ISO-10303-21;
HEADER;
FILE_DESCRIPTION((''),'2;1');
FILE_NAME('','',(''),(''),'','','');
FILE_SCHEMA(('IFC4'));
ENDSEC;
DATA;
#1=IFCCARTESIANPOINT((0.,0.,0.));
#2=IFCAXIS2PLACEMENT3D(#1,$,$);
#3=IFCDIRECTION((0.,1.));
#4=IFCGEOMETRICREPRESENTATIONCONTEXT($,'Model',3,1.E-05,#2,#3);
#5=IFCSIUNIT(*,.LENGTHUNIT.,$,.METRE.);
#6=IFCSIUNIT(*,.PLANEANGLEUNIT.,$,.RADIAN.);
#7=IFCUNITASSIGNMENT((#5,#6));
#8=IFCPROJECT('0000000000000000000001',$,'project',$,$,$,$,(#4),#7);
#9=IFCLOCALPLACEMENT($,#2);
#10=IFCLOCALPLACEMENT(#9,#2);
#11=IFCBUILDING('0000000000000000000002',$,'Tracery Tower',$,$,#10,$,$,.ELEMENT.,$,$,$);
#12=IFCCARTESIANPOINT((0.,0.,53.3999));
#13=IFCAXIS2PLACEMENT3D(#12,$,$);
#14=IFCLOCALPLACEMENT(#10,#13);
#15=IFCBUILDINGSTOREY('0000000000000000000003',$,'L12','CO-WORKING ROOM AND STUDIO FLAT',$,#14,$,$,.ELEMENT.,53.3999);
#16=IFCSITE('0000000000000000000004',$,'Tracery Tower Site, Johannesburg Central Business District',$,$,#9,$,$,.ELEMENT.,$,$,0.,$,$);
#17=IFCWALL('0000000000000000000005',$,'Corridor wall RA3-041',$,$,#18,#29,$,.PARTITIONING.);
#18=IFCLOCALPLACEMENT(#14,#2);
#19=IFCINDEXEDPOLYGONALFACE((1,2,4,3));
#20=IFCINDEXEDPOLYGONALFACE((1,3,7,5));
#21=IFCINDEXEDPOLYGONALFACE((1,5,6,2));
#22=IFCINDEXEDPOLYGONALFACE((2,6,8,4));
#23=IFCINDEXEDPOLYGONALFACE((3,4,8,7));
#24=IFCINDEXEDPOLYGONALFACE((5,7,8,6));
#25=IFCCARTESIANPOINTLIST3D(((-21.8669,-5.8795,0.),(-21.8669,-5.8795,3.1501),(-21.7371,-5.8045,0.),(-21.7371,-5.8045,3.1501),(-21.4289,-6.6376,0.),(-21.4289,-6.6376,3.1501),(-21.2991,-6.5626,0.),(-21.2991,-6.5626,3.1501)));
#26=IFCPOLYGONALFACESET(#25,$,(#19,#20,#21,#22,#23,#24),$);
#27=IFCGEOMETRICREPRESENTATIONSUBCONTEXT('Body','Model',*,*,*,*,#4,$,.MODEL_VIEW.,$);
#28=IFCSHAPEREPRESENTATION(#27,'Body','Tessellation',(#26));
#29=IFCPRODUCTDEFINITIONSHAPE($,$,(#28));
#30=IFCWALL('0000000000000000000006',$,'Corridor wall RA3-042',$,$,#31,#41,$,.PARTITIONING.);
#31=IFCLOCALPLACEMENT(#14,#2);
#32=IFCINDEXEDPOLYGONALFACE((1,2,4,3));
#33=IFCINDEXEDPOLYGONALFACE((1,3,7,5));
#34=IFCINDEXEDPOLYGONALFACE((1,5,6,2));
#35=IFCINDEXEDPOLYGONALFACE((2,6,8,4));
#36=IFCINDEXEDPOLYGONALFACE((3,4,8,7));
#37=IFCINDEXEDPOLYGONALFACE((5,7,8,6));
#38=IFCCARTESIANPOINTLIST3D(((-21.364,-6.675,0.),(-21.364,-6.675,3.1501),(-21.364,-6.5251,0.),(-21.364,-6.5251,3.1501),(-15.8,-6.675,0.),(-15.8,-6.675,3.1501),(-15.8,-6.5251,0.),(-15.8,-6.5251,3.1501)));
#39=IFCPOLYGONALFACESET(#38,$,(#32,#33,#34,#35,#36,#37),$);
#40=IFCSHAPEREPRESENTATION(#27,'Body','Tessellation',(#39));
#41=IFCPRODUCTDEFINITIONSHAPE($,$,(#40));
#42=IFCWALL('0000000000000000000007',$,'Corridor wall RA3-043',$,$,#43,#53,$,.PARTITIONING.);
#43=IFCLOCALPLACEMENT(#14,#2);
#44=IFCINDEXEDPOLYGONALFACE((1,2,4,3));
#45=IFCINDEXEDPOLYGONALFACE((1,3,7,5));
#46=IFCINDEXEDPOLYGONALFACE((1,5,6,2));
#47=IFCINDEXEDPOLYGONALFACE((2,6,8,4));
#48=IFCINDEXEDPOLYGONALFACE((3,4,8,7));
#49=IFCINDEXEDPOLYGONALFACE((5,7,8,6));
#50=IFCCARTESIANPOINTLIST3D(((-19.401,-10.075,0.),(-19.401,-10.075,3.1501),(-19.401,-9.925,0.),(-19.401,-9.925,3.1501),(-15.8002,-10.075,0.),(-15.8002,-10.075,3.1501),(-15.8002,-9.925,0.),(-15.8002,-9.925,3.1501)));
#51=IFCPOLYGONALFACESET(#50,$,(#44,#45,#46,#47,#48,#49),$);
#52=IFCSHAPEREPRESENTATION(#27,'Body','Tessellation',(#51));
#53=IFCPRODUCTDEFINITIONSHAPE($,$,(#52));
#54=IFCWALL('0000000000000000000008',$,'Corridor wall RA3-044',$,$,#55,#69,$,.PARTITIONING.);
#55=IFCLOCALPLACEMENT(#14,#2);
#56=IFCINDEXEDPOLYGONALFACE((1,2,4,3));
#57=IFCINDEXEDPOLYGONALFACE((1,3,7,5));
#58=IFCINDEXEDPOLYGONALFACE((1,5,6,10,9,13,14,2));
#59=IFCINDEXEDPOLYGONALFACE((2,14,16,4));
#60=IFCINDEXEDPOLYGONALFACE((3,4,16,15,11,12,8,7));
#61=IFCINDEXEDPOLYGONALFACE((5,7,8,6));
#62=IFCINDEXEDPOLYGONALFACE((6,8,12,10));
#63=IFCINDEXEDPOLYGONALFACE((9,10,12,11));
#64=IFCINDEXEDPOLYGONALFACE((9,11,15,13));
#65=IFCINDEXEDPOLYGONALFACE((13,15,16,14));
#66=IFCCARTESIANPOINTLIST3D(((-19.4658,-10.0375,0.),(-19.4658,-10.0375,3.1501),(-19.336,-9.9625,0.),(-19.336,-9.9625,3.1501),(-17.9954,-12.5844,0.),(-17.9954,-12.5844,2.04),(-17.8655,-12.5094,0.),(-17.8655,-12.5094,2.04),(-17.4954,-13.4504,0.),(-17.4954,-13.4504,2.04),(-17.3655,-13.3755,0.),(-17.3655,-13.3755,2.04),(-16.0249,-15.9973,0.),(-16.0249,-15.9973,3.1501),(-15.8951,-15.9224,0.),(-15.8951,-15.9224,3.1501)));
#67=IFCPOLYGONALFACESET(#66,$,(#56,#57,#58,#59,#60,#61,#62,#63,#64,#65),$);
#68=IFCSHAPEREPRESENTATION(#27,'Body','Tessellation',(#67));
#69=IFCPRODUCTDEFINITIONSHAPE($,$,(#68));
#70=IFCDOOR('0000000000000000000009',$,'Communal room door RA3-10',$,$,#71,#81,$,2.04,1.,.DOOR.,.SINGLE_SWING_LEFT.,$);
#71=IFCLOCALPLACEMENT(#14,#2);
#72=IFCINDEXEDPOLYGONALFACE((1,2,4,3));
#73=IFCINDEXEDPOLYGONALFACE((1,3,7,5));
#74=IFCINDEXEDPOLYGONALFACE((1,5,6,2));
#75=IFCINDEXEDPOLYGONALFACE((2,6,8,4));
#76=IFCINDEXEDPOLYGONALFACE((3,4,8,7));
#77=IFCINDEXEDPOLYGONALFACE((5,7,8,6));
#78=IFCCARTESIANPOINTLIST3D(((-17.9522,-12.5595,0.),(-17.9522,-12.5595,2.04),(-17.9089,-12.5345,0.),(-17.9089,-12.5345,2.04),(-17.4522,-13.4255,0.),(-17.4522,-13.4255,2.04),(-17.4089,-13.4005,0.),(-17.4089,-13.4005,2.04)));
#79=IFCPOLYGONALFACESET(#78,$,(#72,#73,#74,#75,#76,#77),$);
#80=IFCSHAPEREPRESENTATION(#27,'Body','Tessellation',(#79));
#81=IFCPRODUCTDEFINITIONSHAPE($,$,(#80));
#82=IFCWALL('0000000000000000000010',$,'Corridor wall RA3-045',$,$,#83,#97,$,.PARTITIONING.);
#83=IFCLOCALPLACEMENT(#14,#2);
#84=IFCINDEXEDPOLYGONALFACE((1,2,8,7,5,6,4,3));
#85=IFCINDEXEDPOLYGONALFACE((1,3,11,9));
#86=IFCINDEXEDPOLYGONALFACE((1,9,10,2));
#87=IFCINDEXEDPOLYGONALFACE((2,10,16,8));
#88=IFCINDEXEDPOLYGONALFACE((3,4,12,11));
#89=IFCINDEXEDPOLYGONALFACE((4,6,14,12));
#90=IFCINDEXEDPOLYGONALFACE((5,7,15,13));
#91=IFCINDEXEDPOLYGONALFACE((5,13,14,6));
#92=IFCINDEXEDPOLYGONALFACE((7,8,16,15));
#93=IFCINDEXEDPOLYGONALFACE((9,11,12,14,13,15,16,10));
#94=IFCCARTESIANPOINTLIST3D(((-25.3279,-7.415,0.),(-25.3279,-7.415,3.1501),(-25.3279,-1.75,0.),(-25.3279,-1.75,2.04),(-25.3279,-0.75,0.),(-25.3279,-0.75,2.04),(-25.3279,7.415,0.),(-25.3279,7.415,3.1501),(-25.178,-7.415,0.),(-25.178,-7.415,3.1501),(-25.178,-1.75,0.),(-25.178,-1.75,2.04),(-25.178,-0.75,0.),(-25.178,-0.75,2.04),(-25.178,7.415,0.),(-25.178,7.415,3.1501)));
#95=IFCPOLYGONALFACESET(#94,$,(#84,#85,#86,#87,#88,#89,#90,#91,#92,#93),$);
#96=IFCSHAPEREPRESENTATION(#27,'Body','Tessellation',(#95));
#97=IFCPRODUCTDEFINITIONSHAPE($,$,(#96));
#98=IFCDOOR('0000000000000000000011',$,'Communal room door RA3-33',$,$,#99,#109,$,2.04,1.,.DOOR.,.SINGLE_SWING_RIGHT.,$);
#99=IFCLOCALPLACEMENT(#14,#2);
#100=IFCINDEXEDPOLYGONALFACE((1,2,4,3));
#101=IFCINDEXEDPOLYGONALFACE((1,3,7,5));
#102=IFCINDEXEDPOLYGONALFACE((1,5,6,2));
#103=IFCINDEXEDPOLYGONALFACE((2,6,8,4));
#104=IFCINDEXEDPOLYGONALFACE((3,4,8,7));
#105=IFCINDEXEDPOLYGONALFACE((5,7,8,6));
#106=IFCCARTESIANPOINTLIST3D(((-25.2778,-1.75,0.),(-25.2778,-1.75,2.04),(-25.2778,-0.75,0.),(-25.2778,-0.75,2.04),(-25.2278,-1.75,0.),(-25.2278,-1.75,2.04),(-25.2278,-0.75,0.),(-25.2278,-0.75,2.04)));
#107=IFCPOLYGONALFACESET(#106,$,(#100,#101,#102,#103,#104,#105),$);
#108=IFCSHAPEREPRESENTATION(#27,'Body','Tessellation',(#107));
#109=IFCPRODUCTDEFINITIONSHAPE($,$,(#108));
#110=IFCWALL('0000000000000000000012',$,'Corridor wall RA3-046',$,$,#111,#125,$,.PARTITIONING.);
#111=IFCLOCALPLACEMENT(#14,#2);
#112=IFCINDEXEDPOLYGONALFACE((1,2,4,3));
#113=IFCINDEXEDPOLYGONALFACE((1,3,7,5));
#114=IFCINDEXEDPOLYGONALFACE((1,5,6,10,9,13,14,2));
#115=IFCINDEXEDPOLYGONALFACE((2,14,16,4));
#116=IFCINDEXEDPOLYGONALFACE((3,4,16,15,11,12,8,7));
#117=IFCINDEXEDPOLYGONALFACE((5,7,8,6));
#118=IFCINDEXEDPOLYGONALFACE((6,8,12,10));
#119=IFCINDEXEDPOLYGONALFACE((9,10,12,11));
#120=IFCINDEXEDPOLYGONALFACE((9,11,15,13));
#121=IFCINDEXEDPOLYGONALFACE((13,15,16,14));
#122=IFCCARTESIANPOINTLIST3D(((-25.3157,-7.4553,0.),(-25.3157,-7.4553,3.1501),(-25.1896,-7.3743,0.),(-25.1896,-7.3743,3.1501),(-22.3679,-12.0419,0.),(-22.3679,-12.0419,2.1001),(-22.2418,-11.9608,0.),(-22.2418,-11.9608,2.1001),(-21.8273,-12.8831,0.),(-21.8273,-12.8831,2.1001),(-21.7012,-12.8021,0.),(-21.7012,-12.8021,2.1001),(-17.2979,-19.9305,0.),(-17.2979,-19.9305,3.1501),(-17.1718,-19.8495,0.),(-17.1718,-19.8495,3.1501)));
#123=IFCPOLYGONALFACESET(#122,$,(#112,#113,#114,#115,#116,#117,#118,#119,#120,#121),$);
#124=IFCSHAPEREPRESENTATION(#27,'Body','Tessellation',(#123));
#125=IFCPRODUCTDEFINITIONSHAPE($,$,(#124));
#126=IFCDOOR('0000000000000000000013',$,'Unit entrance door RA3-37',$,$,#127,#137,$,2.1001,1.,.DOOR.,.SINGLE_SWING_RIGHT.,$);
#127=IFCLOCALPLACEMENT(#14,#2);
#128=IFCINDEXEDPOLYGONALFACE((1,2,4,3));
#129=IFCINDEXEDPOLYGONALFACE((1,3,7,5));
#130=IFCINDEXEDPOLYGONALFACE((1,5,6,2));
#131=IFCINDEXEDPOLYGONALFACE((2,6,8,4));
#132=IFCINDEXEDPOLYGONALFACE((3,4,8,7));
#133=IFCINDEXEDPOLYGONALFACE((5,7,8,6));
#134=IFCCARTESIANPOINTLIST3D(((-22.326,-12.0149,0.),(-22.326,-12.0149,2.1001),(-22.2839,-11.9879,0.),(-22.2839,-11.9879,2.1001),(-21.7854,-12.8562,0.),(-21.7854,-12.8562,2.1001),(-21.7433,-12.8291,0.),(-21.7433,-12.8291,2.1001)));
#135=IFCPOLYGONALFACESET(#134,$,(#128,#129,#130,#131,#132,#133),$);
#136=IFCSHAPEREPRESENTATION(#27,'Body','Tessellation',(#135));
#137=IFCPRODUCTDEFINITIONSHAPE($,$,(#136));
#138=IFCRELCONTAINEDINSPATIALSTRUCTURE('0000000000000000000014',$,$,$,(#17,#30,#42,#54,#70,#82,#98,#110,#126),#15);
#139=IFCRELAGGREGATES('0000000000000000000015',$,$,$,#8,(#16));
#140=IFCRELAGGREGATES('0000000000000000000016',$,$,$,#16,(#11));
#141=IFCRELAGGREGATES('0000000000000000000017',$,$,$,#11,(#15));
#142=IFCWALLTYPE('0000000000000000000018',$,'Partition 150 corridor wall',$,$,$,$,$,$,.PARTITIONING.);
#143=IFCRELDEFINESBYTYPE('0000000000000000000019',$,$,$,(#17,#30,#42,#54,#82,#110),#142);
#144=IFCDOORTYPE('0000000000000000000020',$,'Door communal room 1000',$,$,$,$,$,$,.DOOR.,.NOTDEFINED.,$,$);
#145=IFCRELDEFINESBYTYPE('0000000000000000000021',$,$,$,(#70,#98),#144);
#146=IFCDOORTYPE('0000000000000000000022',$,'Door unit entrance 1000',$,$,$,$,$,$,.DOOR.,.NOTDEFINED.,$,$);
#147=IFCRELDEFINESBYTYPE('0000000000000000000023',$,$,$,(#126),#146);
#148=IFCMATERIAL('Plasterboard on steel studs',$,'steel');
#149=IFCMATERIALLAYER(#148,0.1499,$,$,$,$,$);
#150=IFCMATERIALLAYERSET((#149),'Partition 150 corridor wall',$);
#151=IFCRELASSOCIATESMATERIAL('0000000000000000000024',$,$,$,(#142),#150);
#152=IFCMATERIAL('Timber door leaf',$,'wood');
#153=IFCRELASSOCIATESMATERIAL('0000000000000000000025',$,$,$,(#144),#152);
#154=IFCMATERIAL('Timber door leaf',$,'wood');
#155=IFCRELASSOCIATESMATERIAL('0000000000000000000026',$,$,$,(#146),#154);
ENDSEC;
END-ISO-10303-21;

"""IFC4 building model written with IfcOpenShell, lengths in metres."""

from ifc_helpers import new_model, si_unit, direction, frame, frame_2d, origin, place, context, subcontext, project, spatial, rectangle, extrude, material, layer, layer_set, type_object, element, fill, save


model = new_model("IFC4")

# Units and contexts
model_context = context("Model", 3, precision=1e-05, world=origin(), true_north=direction((0.0, 1.0)))
body_context = subcontext(model_context, "Body", "Model", "MODEL_VIEW")
ifc_project = project(units=[si_unit("LENGTHUNIT", "METRE"), si_unit("PLANEANGLEUNIT", "RADIAN")], contexts=[model_context])

# Site, building, storey
site_placement = place(None, origin())
site = spatial("IfcSite", under=ifc_project, at=site_placement, Name="Tracery Tower Site, Johannesburg Central Business District", CompositionType="ELEMENT", RefElevation=0.0)
building_placement = place(site_placement, origin())
building = spatial("IfcBuilding", under=site, at=building_placement, Name="Tracery Tower", CompositionType="ELEMENT")
storey_placement = place(building_placement, frame((0.0, 0.0, 53.3999)))
storey = spatial("IfcBuildingStorey", under=building, at=storey_placement, Name="L12", Description="CO-WORKING ROOM AND STUDIO FLAT", CompositionType="ELEMENT", Elevation=53.3999)

# Shared definitions
ifc_material_1 = material(Name="Plasterboard on steel studs", Category="steel")
ifc_layer_1 = layer(ifc_material_1, 0.1499)
ifc_layer_set_1 = layer_set([ifc_layer_1], Name="Partition 150 corridor wall")
wall_type_1 = type_object("IfcWallType", Name="Partition 150 corridor wall", PredefinedType="PARTITIONING", material=ifc_layer_set_1)

# Walls
wall_1_placement = place(storey_placement, frame((-21.802, -5.842, 0.0), z_axis=(0.0, 0.0, 1.0), x_axis=(0.500278, -0.865865, 0.0)))
element("IfcWall", 1, at=wall_1_placement, inside=storey, type_object=wall_type_1, Name="Corridor wall RA3-041", PredefinedType="PARTITIONING", context=body_context, shape_type="SweptSolid", body=[
    extrude(rectangle(XDim=0.8755, YDim=0.1499, at=frame_2d((0.4377, 0.0))), origin(), (0.0, 0.0, 1.0), 3.1501),
])
wall_2_placement = place(storey_placement, frame((-21.364, -6.6001, 0.0), z_axis=(0.0, 0.0, 1.0), x_axis=(1.0, 0.0, 0.0)))
element("IfcWall", 2, at=wall_2_placement, inside=storey, type_object=wall_type_1, Name="Corridor wall RA3-042", PredefinedType="PARTITIONING", context=body_context, shape_type="SweptSolid", body=[
    extrude(rectangle(XDim=5.564, YDim=0.1499, at=frame_2d((2.782, 0.0))), origin(), (0.0, 0.0, 1.0), 3.1501),
])
wall_3_placement = place(storey_placement, frame((-19.4009, -10.0, 0.0), z_axis=(0.0, 0.0, 1.0), x_axis=(1.0, 0.0, 0.0)))
element("IfcWall", 3, at=wall_3_placement, inside=storey, type_object=wall_type_1, Name="Corridor wall RA3-043", PredefinedType="PARTITIONING", context=body_context, shape_type="SweptSolid", body=[
    extrude(rectangle(XDim=3.6008, YDim=0.1499, at=frame_2d((1.8003, 0.0))), origin(), (0.0, 0.0, 1.0), 3.1501),
])

# Walls, openings, doors
wall_4_placement = place(storey_placement, frame((-19.4009, -10.0, 0.0), z_axis=(0.0, 0.0, 1.0), x_axis=(0.499993, -0.86603, 0.0)))
wall_4 = element("IfcWall", 4, at=wall_4_placement, inside=storey, type_object=wall_type_1, Name="Corridor wall RA3-044", PredefinedType="PARTITIONING", context=body_context, shape_type="SweptSolid", body=[
    extrude(rectangle(XDim=6.8818, YDim=0.1499, at=frame_2d((3.4409, 0.0))), origin(), (0.0, 0.0, 1.0), 3.1501),
])
opening_1_placement = place(wall_4_placement, frame((2.9409, 0.0, 0.0)))
opening_1 = element("IfcOpeningElement", 5, at=opening_1_placement, cuts=wall_4, PredefinedType="OPENING", context=body_context, shape_type="SweptSolid", body=[
    extrude(rectangle(XDim=1.0, YDim=2.04, at=frame_2d((0.5, 1.02))), frame((0.0, 0.075, 0.0), z_axis=(0.0, -1.0, 0.0), x_axis=(1.0, 0.0, 0.0)), (0.0, 0.0, 1.0), 0.1499),
])
ifc_material_2 = material(Name="Timber door leaf", Category="wood")
door_type_1 = type_object("IfcDoorType", Name="Door communal room 1000", OperationType="NOTDEFINED", PredefinedType="DOOR", material=ifc_material_2)
door_1_placement = place(opening_1_placement, origin())
door_1 = element("IfcDoor", 6, at=door_1_placement, inside=storey, type_object=door_type_1, Name="Communal room door RA3-10", OperationType="SINGLE_SWING_LEFT", OverallHeight=2.04, OverallWidth=1.0, PredefinedType="DOOR", context=body_context, shape_type="SweptSolid", body=[
    extrude(rectangle(XDim=1.0, YDim=2.04, at=frame_2d((0.5, 1.02))), frame((0.0, 0.0249, 0.0), z_axis=(0.0, -1.0, 0.0), x_axis=(1.0, 0.0, 0.0)), (0.0, 0.0, 1.0), 0.05),
])
fill(opening_1, door_1)
wall_5_placement = place(storey_placement, frame((-25.2529, -7.415, 0.0), z_axis=(0.0, 0.0, 1.0), x_axis=(0.0, 1.0, 0.0)))
wall_5 = element("IfcWall", 7, at=wall_5_placement, inside=storey, type_object=wall_type_1, Name="Corridor wall RA3-045", PredefinedType="PARTITIONING", context=body_context, shape_type="SweptSolid", body=[
    extrude(rectangle(XDim=14.8301, YDim=0.1499, at=frame_2d((7.415, 0.0))), origin(), (0.0, 0.0, 1.0), 3.1501),
])
opening_2_placement = place(wall_5_placement, frame((5.665, 0.0, 0.0)))
opening_2 = element("IfcOpeningElement", 8, at=opening_2_placement, cuts=wall_5, PredefinedType="OPENING", context=body_context, shape_type="SweptSolid", body=[
    extrude(rectangle(XDim=1.0, YDim=2.04, at=frame_2d((0.5, 1.02))), frame((0.0, 0.075, 0.0), z_axis=(0.0, -1.0, 0.0), x_axis=(1.0, 0.0, 0.0)), (0.0, 0.0, 1.0), 0.1499),
])
door_2_placement = place(opening_2_placement, origin())
door_2 = element("IfcDoor", 9, at=door_2_placement, inside=storey, type_object=door_type_1, Name="Communal room door RA3-33", OperationType="SINGLE_SWING_RIGHT", OverallHeight=2.04, OverallWidth=1.0, PredefinedType="DOOR", context=body_context, shape_type="SweptSolid", body=[
    extrude(rectangle(XDim=1.0, YDim=2.04, at=frame_2d((0.5, 1.02))), frame((0.0, 0.0249, 0.0), z_axis=(0.0, -1.0, 0.0), x_axis=(1.0, 0.0, 0.0)), (0.0, 0.0, 1.0), 0.05),
])
fill(opening_2, door_2)
wall_6_placement = place(storey_placement, frame((-25.2527, -7.4148, 0.0), z_axis=(0.0, 0.0, 1.0), x_axis=(0.540668, -0.841236, 0.0)))
wall_6 = element("IfcWall", 10, at=wall_6_placement, inside=storey, type_object=wall_type_1, Name="Corridor wall RA3-046", PredefinedType="PARTITIONING", context=body_context, shape_type="SweptSolid", body=[
    extrude(rectangle(XDim=14.8296, YDim=0.1499, at=frame_2d((7.4148, 0.0))), origin(), (0.0, 0.0, 1.0), 3.1501),
])
opening_3_placement = place(wall_6_placement, frame((5.4521, 0.0, 0.0)))
opening_3 = element("IfcOpeningElement", 11, at=opening_3_placement, cuts=wall_6, PredefinedType="OPENING", context=body_context, shape_type="SweptSolid", body=[
    extrude(rectangle(XDim=1.0, YDim=2.1001, at=frame_2d((0.5, 1.05))), frame((0.0, 0.075, 0.0), z_axis=(0.0, -1.0, 0.0), x_axis=(1.0, 0.0, 0.0)), (0.0, 0.0, 1.0), 0.1499),
])
ifc_material_3 = material(Name="Timber door leaf", Category="wood")
door_type_2 = type_object("IfcDoorType", Name="Door unit entrance 1000", OperationType="NOTDEFINED", PredefinedType="DOOR", material=ifc_material_3)
door_3_placement = place(opening_3_placement, origin())
door_3 = element("IfcDoor", 12, at=door_3_placement, inside=storey, type_object=door_type_2, Name="Unit entrance door RA3-37", OperationType="SINGLE_SWING_RIGHT", OverallHeight=2.1001, OverallWidth=1.0, PredefinedType="DOOR", context=body_context, shape_type="SweptSolid", body=[
    extrude(rectangle(XDim=1.0, YDim=2.1001, at=frame_2d((0.5, 1.05))), frame((0.0, 0.0249, 0.0), z_axis=(0.0, -1.0, 0.0), x_axis=(1.0, 0.0, 0.0)), (0.0, 0.0, 1.0), 0.05),
])
fill(opening_3, door_3)

save(model, "model.ifc")
